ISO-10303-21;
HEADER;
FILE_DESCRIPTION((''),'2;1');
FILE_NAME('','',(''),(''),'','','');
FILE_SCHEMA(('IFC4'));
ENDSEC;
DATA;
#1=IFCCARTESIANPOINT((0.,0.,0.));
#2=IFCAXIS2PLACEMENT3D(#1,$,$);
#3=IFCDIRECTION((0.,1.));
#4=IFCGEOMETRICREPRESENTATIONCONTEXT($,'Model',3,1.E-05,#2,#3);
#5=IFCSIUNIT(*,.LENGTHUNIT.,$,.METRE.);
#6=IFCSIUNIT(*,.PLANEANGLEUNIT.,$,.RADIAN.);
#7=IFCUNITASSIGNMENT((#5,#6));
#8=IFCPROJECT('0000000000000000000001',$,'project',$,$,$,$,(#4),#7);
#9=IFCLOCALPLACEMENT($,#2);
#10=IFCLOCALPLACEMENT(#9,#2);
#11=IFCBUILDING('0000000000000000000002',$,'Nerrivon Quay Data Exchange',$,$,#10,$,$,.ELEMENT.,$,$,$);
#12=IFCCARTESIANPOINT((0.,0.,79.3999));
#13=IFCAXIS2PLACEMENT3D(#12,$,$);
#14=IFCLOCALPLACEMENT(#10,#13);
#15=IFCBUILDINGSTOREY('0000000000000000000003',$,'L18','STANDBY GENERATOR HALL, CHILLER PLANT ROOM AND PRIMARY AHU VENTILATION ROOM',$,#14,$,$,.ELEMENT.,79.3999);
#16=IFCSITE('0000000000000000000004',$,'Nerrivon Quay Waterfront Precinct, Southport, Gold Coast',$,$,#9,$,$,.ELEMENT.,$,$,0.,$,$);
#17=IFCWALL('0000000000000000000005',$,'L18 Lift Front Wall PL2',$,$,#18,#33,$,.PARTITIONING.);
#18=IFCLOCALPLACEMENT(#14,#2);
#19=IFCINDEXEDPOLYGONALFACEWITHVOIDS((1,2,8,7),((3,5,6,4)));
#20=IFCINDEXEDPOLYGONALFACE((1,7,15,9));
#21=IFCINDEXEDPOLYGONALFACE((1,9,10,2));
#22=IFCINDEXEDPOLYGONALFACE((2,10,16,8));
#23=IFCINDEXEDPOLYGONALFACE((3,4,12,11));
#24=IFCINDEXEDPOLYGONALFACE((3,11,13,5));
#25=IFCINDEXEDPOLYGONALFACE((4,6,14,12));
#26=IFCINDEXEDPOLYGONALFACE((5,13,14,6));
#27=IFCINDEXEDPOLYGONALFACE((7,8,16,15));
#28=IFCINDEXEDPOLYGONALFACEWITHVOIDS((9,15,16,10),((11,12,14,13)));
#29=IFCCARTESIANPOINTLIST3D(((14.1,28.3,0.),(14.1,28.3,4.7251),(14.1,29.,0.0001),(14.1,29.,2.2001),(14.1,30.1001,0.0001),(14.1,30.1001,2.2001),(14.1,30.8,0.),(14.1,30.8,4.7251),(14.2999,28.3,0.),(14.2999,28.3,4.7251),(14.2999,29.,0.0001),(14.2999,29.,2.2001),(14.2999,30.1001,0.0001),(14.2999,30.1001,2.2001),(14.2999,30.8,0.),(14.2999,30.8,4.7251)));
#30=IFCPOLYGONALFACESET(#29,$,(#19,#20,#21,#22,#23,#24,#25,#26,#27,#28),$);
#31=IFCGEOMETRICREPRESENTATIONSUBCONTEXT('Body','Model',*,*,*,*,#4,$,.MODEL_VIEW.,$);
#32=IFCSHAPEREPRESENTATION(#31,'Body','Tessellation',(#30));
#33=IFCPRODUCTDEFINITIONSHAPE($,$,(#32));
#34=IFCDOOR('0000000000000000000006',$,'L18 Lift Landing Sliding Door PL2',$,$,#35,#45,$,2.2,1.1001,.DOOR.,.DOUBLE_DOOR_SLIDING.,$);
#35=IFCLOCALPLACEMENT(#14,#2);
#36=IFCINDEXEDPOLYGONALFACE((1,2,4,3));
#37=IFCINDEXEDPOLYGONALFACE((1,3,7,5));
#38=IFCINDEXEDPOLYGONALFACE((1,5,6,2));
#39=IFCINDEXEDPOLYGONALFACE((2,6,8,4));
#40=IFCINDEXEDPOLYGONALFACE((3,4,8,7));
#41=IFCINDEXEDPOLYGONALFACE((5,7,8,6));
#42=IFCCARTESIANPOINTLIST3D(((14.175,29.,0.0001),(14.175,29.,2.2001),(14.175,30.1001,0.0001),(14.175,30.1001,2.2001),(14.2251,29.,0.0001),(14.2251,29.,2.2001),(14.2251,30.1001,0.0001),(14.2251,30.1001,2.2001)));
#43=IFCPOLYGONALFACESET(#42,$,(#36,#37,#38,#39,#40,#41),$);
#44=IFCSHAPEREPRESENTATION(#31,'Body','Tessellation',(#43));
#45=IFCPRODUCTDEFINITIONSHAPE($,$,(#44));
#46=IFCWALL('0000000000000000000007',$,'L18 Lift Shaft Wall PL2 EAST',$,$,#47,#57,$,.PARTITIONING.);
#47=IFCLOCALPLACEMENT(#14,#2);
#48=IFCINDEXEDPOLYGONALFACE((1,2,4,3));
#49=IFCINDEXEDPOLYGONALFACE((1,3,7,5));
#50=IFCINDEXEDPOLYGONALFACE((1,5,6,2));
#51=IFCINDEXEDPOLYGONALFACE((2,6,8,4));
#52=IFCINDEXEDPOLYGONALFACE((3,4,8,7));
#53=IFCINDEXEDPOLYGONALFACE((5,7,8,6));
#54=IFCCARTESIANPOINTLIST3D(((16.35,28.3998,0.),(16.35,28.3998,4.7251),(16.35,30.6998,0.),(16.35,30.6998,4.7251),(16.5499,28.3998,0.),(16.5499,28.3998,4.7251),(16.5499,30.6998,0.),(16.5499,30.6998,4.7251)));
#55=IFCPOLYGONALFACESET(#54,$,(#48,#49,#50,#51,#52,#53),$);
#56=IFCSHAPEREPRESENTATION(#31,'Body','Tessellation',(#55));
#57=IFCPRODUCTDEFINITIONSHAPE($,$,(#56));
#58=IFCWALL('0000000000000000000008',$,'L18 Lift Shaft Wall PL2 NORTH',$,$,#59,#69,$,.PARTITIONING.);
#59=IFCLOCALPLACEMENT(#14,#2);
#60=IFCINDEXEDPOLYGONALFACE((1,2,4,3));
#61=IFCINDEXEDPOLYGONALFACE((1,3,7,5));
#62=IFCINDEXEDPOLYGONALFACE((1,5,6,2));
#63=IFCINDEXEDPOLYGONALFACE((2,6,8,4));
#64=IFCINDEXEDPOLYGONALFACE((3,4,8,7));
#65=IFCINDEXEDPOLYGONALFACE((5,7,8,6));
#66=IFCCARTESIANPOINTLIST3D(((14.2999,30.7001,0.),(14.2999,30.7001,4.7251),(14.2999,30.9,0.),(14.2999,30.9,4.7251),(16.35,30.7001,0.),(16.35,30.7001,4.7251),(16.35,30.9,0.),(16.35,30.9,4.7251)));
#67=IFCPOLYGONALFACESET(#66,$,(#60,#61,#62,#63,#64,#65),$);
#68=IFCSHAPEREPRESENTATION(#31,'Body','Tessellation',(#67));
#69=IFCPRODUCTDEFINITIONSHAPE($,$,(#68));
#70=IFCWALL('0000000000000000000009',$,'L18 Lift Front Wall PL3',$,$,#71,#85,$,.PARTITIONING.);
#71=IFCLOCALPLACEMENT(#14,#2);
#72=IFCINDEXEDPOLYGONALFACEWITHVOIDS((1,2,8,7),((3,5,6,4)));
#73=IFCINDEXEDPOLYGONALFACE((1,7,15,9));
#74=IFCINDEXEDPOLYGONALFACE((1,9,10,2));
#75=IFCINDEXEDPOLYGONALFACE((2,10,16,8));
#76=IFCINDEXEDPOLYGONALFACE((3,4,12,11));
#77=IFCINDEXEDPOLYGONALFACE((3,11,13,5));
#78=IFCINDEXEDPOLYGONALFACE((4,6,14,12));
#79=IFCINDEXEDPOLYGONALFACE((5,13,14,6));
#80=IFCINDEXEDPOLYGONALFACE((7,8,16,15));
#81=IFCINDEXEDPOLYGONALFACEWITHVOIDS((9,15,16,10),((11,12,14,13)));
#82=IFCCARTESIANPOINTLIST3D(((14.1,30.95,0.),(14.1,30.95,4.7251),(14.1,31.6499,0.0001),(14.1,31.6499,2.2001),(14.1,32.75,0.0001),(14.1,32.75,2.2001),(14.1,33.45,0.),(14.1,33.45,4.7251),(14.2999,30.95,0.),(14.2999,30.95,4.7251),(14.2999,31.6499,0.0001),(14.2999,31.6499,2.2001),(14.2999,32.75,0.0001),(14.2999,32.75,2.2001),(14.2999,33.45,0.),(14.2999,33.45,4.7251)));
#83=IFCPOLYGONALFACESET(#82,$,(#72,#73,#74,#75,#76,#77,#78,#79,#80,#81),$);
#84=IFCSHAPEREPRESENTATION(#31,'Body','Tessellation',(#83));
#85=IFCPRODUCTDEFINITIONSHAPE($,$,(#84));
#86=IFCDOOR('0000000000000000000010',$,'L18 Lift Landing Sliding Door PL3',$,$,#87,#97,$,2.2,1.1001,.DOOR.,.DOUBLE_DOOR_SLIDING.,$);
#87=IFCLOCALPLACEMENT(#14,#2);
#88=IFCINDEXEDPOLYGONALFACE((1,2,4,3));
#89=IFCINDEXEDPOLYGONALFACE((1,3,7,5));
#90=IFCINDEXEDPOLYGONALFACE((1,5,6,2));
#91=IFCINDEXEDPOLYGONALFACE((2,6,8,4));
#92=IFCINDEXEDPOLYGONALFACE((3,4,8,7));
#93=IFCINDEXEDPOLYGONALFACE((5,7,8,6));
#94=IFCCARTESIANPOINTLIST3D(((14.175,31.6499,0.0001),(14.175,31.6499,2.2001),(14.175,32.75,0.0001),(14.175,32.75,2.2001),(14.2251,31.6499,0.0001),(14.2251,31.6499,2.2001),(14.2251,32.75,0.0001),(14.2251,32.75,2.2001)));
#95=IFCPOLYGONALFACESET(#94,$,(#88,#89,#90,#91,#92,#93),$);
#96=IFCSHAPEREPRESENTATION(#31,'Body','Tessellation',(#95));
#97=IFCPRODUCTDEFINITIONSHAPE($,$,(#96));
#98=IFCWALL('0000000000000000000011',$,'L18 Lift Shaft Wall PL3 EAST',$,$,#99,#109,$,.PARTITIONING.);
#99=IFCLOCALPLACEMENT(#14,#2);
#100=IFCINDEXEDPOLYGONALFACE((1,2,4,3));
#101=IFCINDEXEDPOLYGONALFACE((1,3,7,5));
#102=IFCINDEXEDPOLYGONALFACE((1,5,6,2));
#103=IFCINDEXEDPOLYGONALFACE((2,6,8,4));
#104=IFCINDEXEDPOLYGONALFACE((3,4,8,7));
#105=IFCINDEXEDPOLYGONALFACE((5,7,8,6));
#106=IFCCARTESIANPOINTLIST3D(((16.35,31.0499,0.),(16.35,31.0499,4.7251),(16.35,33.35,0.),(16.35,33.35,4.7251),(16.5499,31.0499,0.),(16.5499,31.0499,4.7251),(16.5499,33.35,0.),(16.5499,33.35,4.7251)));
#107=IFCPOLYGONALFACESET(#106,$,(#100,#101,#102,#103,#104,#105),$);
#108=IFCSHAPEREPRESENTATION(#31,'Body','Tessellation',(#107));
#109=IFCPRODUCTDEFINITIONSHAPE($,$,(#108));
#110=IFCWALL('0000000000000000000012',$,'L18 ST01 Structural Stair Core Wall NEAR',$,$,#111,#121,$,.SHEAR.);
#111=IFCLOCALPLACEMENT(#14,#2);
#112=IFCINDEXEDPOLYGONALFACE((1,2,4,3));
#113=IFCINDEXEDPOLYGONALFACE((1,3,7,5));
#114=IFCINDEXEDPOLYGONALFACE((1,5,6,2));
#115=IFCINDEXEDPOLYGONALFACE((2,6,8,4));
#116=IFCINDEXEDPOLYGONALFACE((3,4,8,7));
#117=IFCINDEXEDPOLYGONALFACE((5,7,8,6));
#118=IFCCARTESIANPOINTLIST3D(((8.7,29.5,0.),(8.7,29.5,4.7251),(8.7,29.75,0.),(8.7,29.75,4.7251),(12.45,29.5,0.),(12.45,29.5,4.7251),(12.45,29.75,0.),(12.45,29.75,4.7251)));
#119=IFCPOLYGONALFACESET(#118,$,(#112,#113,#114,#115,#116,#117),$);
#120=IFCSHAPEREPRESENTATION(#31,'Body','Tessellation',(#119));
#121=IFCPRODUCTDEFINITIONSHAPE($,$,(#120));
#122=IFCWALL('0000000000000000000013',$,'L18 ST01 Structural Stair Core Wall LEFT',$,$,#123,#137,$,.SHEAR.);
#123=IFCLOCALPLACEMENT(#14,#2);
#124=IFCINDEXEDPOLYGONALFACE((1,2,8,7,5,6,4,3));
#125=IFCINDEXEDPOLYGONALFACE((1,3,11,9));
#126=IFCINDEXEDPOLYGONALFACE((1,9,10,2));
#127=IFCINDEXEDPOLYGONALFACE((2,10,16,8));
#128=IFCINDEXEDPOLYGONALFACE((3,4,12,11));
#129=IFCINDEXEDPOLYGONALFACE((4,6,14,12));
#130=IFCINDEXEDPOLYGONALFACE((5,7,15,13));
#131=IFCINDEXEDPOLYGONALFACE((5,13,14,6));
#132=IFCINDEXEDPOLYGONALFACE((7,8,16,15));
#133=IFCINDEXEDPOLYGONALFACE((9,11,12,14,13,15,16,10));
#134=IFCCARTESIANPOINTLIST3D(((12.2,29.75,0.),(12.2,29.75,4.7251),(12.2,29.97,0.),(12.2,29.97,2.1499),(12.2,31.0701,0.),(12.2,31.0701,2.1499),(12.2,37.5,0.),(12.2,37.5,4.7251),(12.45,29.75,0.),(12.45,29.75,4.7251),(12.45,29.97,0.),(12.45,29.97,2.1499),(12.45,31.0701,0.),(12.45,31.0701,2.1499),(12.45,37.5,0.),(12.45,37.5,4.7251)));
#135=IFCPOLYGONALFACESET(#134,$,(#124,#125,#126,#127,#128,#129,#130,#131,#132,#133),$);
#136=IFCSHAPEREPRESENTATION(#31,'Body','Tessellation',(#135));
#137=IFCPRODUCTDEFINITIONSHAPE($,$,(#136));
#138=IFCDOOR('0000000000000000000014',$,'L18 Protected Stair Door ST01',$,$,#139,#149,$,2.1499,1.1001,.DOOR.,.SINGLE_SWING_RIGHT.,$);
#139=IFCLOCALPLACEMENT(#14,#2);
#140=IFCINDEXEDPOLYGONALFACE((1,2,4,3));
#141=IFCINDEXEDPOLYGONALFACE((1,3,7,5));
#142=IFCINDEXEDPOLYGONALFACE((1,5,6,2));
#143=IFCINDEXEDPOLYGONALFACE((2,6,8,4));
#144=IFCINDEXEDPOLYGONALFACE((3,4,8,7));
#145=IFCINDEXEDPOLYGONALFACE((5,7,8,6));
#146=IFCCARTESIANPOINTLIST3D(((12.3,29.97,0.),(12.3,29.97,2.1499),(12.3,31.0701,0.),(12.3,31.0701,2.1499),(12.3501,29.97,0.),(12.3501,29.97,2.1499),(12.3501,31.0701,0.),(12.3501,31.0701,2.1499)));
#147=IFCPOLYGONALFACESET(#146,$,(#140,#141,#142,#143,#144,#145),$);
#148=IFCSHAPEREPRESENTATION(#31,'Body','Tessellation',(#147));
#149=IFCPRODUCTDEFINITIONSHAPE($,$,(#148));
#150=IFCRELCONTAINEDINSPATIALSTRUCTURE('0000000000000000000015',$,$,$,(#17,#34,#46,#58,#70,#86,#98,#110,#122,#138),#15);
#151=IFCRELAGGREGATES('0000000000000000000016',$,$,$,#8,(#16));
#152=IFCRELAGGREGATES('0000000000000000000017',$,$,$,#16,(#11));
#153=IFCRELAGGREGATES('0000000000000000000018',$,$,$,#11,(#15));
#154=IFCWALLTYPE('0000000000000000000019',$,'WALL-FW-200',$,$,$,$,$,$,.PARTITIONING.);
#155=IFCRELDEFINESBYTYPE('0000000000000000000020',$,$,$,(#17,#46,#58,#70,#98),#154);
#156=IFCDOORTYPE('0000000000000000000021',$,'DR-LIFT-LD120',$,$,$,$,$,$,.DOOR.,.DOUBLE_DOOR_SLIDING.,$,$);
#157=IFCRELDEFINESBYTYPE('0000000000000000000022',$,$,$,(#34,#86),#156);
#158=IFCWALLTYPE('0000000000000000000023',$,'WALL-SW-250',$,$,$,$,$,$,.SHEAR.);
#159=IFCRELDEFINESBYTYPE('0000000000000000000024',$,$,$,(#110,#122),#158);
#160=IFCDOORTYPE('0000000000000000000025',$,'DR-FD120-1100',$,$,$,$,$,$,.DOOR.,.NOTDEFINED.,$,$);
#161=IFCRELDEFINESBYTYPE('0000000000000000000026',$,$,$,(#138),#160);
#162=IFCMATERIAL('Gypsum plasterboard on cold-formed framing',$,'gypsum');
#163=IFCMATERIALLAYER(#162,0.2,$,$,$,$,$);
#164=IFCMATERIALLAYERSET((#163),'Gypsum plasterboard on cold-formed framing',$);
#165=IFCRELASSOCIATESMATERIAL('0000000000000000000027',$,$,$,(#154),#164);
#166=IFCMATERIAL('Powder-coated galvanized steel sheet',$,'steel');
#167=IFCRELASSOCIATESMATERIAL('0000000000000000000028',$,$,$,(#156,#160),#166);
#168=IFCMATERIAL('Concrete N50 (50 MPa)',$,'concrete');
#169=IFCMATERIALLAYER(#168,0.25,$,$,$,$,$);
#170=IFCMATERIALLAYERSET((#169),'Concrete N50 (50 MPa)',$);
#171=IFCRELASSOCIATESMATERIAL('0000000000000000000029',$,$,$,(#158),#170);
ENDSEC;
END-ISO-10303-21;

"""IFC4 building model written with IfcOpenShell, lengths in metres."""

from ifc_helpers import new_model, si_unit, direction, frame, frame_2d, origin, place, context, subcontext, project, spatial, rectangle, extrude, material, layer, layer_set, type_object, element, fill, save


model = new_model("IFC4")

# Units and contexts
model_context = context("Model", 3, precision=1e-05, world=origin(), true_north=direction((0.0, 1.0)))
body_context = subcontext(model_context, "Body", "Model", "MODEL_VIEW")
ifc_project = project(units=[si_unit("LENGTHUNIT", "METRE"), si_unit("PLANEANGLEUNIT", "RADIAN")], contexts=[model_context])

# Site, building, storey
site_placement = place(None, origin())
site = spatial("IfcSite", under=ifc_project, at=site_placement, Name="Nerrivon Quay Waterfront Precinct, Southport, Gold Coast", CompositionType="ELEMENT", RefElevation=0.0)
building_placement = place(site_placement, origin())
building = spatial("IfcBuilding", under=site, at=building_placement, Name="Nerrivon Quay Data Exchange", CompositionType="ELEMENT")
storey_placement = place(building_placement, frame((0.0, 0.0, 79.3999)))
storey = spatial("IfcBuildingStorey", under=building, at=storey_placement, Name="L18", Description="STANDBY GENERATOR HALL, CHILLER PLANT ROOM AND PRIMARY AHU VENTILATION ROOM", CompositionType="ELEMENT", Elevation=79.3999)

# Wall, opening, door
ifc_material_1 = material(Name="Gypsum plasterboard on cold-formed framing", Category="gypsum")
ifc_layer_1 = layer(ifc_material_1, 0.2)
ifc_layer_set_1 = layer_set([ifc_layer_1], Name="Gypsum plasterboard on cold-formed framing")
wall_type_1 = type_object("IfcWallType", Name="WALL-FW-200", PredefinedType="PARTITIONING", material=ifc_layer_set_1)
wall_1_placement = place(storey_placement, frame((14.2, 28.3, 0.0), z_axis=(0.0, 0.0, 1.0), x_axis=(0.0, 1.0, 0.0)))
wall_1 = element("IfcWall", 1, at=wall_1_placement, inside=storey, type_object=wall_type_1, Name="L18 Lift Front Wall PL2", PredefinedType="PARTITIONING", context=body_context, shape_type="SweptSolid", body=[
    extrude(rectangle(XDim=2.5, YDim=0.2, at=frame_2d((1.25, 0.0))), origin(), (0.0, 0.0, 1.0), 4.7251),
])
opening_1_placement = place(wall_1_placement, frame((0.7, 0.0, 0.0)))
opening_1 = element("IfcOpeningElement", 2, at=opening_1_placement, cuts=wall_1, PredefinedType="OPENING", context=body_context, shape_type="SweptSolid", body=[
    extrude(rectangle(XDim=1.1001, YDim=2.2, at=frame_2d((0.55, 1.1001))), frame((0.0, 0.1099, 0.0), z_axis=(0.0, -1.0, 0.0), x_axis=(1.0, 0.0, 0.0)), (0.0, 0.0, 1.0), 0.22),
])
ifc_material_2 = material(Name="Powder-coated galvanized steel sheet", Category="steel")
door_type_1 = type_object("IfcDoorType", Name="DR-LIFT-LD120", OperationType="DOUBLE_DOOR_SLIDING", PredefinedType="DOOR", material=ifc_material_2)
door_1_placement = place(opening_1_placement, origin())
door_1 = element("IfcDoor", 3, at=door_1_placement, inside=storey, type_object=door_type_1, Name="L18 Lift Landing Sliding Door PL2", OperationType="DOUBLE_DOOR_SLIDING", OverallHeight=2.2, OverallWidth=1.1001, PredefinedType="DOOR", context=body_context, shape_type="SweptSolid", body=[
    extrude(rectangle(XDim=1.1001, YDim=2.2, at=frame_2d((0.55, 1.1001))), frame((0.0, 0.0249, 0.0), z_axis=(0.0, -1.0, 0.0), x_axis=(1.0, 0.0, 0.0)), (0.0, 0.0, 1.0), 0.05),
])
fill(opening_1, door_1)

# Walls
wall_2_placement = place(storey_placement, frame((16.45, 28.3999, 0.0), z_axis=(0.0, 0.0, 1.0), x_axis=(0.0, 1.0, 0.0)))
element("IfcWall", 4, at=wall_2_placement, inside=storey, type_object=wall_type_1, Name="L18 Lift Shaft Wall PL2 EAST", PredefinedType="PARTITIONING", context=body_context, shape_type="SweptSolid", body=[
    extrude(rectangle(XDim=2.3, YDim=0.2, at=frame_2d((1.1499, 0.0))), origin(), (0.0, 0.0, 1.0), 4.7251),
])
wall_3_placement = place(storey_placement, frame((14.3, 30.8, 0.0), z_axis=(0.0, 0.0, 1.0), x_axis=(1.0, 0.0, 0.0)))
element("IfcWall", 5, at=wall_3_placement, inside=storey, type_object=wall_type_1, Name="L18 Lift Shaft Wall PL2 NORTH", PredefinedType="PARTITIONING", context=body_context, shape_type="SweptSolid", body=[
    extrude(rectangle(XDim=2.05, YDim=0.2, at=frame_2d((1.0249, 0.0))), origin(), (0.0, 0.0, 1.0), 4.7251),
])

# Wall, opening, door
wall_4_placement = place(storey_placement, frame((14.2, 30.95, 0.0), z_axis=(0.0, 0.0, 1.0), x_axis=(0.0, 1.0, 0.0)))
wall_4 = element("IfcWall", 6, at=wall_4_placement, inside=storey, type_object=wall_type_1, Name="L18 Lift Front Wall PL3", PredefinedType="PARTITIONING", context=body_context, shape_type="SweptSolid", body=[
    extrude(rectangle(XDim=2.5, YDim=0.2, at=frame_2d((1.25, 0.0))), origin(), (0.0, 0.0, 1.0), 4.7251),
])
opening_2_placement = place(wall_4_placement, frame((0.7, 0.0, 0.0)))
opening_2 = element("IfcOpeningElement", 7, at=opening_2_placement, cuts=wall_4, PredefinedType="OPENING", context=body_context, shape_type="SweptSolid", body=[
    extrude(rectangle(XDim=1.1001, YDim=2.2, at=frame_2d((0.55, 1.1001))), frame((0.0, 0.1099, 0.0), z_axis=(0.0, -1.0, 0.0), x_axis=(1.0, 0.0, 0.0)), (0.0, 0.0, 1.0), 0.22),
])
door_2_placement = place(opening_2_placement, origin())
door_2 = element("IfcDoor", 8, at=door_2_placement, inside=storey, type_object=door_type_1, Name="L18 Lift Landing Sliding Door PL3", OperationType="DOUBLE_DOOR_SLIDING", OverallHeight=2.2, OverallWidth=1.1001, PredefinedType="DOOR", context=body_context, shape_type="SweptSolid", body=[
    extrude(rectangle(XDim=1.1001, YDim=2.2, at=frame_2d((0.55, 1.1001))), frame((0.0, 0.0249, 0.0), z_axis=(0.0, -1.0, 0.0), x_axis=(1.0, 0.0, 0.0)), (0.0, 0.0, 1.0), 0.05),
])
fill(opening_2, door_2)

# Walls
wall_5_placement = place(storey_placement, frame((16.45, 31.05, 0.0), z_axis=(0.0, 0.0, 1.0), x_axis=(0.0, 1.0, 0.0)))
element("IfcWall", 9, at=wall_5_placement, inside=storey, type_object=wall_type_1, Name="L18 Lift Shaft Wall PL3 EAST", PredefinedType="PARTITIONING", context=body_context, shape_type="SweptSolid", body=[
    extrude(rectangle(XDim=2.3, YDim=0.2, at=frame_2d((1.1499, 0.0))), origin(), (0.0, 0.0, 1.0), 4.7251),
])
ifc_material_3 = material(Name="Concrete N50 (50 MPa)", Category="concrete")
ifc_layer_2 = layer(ifc_material_3, 0.25)
ifc_layer_set_2 = layer_set([ifc_layer_2], Name="Concrete N50 (50 MPa)")
wall_type_2 = type_object("IfcWallType", Name="WALL-SW-250", PredefinedType="SHEAR", material=ifc_layer_set_2)
wall_6_placement = place(storey_placement, frame((12.45, 29.625, 0.0), z_axis=(0.0, 0.0, 1.0), x_axis=(-1.0, 0.0, 0.0)))
element("IfcWall", 10, at=wall_6_placement, inside=storey, type_object=wall_type_2, Name="L18 ST01 Structural Stair Core Wall NEAR", PredefinedType="SHEAR", context=body_context, shape_type="SweptSolid", body=[
    extrude(rectangle(XDim=3.75, YDim=0.25, at=frame_2d((1.875, 0.0))), origin(), (0.0, 0.0, 1.0), 4.7251),
])

# Wall, opening, door
wall_7_placement = place(storey_placement, frame((12.325, 29.75, 0.0), z_axis=(0.0, 0.0, 1.0), x_axis=(0.0, 1.0, 0.0)))
wall_7 = element("IfcWall", 11, at=wall_7_placement, inside=storey, type_object=wall_type_2, Name="L18 ST01 Structural Stair Core Wall LEFT", PredefinedType="SHEAR", context=body_context, shape_type="SweptSolid", body=[
    extrude(rectangle(XDim=7.75, YDim=0.25, at=frame_2d((3.875, 0.0))), origin(), (0.0, 0.0, 1.0), 4.7251),
])
opening_3_placement = place(wall_7_placement, frame((0.22, 0.0, 0.0)))
opening_3 = element("IfcOpeningElement", 12, at=opening_3_placement, cuts=wall_7, PredefinedType="OPENING", context=body_context, shape_type="SweptSolid", body=[
    extrude(rectangle(XDim=1.1001, YDim=2.1499, at=frame_2d((0.55, 1.075))), frame((0.0, 0.135, 0.0), z_axis=(0.0, -1.0, 0.0), x_axis=(1.0, 0.0, 0.0)), (0.0, 0.0, 1.0), 0.27),
])
door_type_2 = type_object("IfcDoorType", Name="DR-FD120-1100", OperationType="NOTDEFINED", PredefinedType="DOOR", material=ifc_material_2)
door_3_placement = place(opening_3_placement, origin())
door_3 = element("IfcDoor", 13, at=door_3_placement, inside=storey, type_object=door_type_2, Name="L18 Protected Stair Door ST01", OperationType="SINGLE_SWING_RIGHT", OverallHeight=2.1499, OverallWidth=1.1001, PredefinedType="DOOR", context=body_context, shape_type="SweptSolid", body=[
    extrude(rectangle(XDim=1.1001, YDim=2.1499, at=frame_2d((0.55, 1.075))), frame((0.0, 0.0249, 0.0), z_axis=(0.0, -1.0, 0.0), x_axis=(1.0, 0.0, 0.0)), (0.0, 0.0, 1.0), 0.05),
])
fill(opening_3, door_3)

save(model, "model.ifc")
